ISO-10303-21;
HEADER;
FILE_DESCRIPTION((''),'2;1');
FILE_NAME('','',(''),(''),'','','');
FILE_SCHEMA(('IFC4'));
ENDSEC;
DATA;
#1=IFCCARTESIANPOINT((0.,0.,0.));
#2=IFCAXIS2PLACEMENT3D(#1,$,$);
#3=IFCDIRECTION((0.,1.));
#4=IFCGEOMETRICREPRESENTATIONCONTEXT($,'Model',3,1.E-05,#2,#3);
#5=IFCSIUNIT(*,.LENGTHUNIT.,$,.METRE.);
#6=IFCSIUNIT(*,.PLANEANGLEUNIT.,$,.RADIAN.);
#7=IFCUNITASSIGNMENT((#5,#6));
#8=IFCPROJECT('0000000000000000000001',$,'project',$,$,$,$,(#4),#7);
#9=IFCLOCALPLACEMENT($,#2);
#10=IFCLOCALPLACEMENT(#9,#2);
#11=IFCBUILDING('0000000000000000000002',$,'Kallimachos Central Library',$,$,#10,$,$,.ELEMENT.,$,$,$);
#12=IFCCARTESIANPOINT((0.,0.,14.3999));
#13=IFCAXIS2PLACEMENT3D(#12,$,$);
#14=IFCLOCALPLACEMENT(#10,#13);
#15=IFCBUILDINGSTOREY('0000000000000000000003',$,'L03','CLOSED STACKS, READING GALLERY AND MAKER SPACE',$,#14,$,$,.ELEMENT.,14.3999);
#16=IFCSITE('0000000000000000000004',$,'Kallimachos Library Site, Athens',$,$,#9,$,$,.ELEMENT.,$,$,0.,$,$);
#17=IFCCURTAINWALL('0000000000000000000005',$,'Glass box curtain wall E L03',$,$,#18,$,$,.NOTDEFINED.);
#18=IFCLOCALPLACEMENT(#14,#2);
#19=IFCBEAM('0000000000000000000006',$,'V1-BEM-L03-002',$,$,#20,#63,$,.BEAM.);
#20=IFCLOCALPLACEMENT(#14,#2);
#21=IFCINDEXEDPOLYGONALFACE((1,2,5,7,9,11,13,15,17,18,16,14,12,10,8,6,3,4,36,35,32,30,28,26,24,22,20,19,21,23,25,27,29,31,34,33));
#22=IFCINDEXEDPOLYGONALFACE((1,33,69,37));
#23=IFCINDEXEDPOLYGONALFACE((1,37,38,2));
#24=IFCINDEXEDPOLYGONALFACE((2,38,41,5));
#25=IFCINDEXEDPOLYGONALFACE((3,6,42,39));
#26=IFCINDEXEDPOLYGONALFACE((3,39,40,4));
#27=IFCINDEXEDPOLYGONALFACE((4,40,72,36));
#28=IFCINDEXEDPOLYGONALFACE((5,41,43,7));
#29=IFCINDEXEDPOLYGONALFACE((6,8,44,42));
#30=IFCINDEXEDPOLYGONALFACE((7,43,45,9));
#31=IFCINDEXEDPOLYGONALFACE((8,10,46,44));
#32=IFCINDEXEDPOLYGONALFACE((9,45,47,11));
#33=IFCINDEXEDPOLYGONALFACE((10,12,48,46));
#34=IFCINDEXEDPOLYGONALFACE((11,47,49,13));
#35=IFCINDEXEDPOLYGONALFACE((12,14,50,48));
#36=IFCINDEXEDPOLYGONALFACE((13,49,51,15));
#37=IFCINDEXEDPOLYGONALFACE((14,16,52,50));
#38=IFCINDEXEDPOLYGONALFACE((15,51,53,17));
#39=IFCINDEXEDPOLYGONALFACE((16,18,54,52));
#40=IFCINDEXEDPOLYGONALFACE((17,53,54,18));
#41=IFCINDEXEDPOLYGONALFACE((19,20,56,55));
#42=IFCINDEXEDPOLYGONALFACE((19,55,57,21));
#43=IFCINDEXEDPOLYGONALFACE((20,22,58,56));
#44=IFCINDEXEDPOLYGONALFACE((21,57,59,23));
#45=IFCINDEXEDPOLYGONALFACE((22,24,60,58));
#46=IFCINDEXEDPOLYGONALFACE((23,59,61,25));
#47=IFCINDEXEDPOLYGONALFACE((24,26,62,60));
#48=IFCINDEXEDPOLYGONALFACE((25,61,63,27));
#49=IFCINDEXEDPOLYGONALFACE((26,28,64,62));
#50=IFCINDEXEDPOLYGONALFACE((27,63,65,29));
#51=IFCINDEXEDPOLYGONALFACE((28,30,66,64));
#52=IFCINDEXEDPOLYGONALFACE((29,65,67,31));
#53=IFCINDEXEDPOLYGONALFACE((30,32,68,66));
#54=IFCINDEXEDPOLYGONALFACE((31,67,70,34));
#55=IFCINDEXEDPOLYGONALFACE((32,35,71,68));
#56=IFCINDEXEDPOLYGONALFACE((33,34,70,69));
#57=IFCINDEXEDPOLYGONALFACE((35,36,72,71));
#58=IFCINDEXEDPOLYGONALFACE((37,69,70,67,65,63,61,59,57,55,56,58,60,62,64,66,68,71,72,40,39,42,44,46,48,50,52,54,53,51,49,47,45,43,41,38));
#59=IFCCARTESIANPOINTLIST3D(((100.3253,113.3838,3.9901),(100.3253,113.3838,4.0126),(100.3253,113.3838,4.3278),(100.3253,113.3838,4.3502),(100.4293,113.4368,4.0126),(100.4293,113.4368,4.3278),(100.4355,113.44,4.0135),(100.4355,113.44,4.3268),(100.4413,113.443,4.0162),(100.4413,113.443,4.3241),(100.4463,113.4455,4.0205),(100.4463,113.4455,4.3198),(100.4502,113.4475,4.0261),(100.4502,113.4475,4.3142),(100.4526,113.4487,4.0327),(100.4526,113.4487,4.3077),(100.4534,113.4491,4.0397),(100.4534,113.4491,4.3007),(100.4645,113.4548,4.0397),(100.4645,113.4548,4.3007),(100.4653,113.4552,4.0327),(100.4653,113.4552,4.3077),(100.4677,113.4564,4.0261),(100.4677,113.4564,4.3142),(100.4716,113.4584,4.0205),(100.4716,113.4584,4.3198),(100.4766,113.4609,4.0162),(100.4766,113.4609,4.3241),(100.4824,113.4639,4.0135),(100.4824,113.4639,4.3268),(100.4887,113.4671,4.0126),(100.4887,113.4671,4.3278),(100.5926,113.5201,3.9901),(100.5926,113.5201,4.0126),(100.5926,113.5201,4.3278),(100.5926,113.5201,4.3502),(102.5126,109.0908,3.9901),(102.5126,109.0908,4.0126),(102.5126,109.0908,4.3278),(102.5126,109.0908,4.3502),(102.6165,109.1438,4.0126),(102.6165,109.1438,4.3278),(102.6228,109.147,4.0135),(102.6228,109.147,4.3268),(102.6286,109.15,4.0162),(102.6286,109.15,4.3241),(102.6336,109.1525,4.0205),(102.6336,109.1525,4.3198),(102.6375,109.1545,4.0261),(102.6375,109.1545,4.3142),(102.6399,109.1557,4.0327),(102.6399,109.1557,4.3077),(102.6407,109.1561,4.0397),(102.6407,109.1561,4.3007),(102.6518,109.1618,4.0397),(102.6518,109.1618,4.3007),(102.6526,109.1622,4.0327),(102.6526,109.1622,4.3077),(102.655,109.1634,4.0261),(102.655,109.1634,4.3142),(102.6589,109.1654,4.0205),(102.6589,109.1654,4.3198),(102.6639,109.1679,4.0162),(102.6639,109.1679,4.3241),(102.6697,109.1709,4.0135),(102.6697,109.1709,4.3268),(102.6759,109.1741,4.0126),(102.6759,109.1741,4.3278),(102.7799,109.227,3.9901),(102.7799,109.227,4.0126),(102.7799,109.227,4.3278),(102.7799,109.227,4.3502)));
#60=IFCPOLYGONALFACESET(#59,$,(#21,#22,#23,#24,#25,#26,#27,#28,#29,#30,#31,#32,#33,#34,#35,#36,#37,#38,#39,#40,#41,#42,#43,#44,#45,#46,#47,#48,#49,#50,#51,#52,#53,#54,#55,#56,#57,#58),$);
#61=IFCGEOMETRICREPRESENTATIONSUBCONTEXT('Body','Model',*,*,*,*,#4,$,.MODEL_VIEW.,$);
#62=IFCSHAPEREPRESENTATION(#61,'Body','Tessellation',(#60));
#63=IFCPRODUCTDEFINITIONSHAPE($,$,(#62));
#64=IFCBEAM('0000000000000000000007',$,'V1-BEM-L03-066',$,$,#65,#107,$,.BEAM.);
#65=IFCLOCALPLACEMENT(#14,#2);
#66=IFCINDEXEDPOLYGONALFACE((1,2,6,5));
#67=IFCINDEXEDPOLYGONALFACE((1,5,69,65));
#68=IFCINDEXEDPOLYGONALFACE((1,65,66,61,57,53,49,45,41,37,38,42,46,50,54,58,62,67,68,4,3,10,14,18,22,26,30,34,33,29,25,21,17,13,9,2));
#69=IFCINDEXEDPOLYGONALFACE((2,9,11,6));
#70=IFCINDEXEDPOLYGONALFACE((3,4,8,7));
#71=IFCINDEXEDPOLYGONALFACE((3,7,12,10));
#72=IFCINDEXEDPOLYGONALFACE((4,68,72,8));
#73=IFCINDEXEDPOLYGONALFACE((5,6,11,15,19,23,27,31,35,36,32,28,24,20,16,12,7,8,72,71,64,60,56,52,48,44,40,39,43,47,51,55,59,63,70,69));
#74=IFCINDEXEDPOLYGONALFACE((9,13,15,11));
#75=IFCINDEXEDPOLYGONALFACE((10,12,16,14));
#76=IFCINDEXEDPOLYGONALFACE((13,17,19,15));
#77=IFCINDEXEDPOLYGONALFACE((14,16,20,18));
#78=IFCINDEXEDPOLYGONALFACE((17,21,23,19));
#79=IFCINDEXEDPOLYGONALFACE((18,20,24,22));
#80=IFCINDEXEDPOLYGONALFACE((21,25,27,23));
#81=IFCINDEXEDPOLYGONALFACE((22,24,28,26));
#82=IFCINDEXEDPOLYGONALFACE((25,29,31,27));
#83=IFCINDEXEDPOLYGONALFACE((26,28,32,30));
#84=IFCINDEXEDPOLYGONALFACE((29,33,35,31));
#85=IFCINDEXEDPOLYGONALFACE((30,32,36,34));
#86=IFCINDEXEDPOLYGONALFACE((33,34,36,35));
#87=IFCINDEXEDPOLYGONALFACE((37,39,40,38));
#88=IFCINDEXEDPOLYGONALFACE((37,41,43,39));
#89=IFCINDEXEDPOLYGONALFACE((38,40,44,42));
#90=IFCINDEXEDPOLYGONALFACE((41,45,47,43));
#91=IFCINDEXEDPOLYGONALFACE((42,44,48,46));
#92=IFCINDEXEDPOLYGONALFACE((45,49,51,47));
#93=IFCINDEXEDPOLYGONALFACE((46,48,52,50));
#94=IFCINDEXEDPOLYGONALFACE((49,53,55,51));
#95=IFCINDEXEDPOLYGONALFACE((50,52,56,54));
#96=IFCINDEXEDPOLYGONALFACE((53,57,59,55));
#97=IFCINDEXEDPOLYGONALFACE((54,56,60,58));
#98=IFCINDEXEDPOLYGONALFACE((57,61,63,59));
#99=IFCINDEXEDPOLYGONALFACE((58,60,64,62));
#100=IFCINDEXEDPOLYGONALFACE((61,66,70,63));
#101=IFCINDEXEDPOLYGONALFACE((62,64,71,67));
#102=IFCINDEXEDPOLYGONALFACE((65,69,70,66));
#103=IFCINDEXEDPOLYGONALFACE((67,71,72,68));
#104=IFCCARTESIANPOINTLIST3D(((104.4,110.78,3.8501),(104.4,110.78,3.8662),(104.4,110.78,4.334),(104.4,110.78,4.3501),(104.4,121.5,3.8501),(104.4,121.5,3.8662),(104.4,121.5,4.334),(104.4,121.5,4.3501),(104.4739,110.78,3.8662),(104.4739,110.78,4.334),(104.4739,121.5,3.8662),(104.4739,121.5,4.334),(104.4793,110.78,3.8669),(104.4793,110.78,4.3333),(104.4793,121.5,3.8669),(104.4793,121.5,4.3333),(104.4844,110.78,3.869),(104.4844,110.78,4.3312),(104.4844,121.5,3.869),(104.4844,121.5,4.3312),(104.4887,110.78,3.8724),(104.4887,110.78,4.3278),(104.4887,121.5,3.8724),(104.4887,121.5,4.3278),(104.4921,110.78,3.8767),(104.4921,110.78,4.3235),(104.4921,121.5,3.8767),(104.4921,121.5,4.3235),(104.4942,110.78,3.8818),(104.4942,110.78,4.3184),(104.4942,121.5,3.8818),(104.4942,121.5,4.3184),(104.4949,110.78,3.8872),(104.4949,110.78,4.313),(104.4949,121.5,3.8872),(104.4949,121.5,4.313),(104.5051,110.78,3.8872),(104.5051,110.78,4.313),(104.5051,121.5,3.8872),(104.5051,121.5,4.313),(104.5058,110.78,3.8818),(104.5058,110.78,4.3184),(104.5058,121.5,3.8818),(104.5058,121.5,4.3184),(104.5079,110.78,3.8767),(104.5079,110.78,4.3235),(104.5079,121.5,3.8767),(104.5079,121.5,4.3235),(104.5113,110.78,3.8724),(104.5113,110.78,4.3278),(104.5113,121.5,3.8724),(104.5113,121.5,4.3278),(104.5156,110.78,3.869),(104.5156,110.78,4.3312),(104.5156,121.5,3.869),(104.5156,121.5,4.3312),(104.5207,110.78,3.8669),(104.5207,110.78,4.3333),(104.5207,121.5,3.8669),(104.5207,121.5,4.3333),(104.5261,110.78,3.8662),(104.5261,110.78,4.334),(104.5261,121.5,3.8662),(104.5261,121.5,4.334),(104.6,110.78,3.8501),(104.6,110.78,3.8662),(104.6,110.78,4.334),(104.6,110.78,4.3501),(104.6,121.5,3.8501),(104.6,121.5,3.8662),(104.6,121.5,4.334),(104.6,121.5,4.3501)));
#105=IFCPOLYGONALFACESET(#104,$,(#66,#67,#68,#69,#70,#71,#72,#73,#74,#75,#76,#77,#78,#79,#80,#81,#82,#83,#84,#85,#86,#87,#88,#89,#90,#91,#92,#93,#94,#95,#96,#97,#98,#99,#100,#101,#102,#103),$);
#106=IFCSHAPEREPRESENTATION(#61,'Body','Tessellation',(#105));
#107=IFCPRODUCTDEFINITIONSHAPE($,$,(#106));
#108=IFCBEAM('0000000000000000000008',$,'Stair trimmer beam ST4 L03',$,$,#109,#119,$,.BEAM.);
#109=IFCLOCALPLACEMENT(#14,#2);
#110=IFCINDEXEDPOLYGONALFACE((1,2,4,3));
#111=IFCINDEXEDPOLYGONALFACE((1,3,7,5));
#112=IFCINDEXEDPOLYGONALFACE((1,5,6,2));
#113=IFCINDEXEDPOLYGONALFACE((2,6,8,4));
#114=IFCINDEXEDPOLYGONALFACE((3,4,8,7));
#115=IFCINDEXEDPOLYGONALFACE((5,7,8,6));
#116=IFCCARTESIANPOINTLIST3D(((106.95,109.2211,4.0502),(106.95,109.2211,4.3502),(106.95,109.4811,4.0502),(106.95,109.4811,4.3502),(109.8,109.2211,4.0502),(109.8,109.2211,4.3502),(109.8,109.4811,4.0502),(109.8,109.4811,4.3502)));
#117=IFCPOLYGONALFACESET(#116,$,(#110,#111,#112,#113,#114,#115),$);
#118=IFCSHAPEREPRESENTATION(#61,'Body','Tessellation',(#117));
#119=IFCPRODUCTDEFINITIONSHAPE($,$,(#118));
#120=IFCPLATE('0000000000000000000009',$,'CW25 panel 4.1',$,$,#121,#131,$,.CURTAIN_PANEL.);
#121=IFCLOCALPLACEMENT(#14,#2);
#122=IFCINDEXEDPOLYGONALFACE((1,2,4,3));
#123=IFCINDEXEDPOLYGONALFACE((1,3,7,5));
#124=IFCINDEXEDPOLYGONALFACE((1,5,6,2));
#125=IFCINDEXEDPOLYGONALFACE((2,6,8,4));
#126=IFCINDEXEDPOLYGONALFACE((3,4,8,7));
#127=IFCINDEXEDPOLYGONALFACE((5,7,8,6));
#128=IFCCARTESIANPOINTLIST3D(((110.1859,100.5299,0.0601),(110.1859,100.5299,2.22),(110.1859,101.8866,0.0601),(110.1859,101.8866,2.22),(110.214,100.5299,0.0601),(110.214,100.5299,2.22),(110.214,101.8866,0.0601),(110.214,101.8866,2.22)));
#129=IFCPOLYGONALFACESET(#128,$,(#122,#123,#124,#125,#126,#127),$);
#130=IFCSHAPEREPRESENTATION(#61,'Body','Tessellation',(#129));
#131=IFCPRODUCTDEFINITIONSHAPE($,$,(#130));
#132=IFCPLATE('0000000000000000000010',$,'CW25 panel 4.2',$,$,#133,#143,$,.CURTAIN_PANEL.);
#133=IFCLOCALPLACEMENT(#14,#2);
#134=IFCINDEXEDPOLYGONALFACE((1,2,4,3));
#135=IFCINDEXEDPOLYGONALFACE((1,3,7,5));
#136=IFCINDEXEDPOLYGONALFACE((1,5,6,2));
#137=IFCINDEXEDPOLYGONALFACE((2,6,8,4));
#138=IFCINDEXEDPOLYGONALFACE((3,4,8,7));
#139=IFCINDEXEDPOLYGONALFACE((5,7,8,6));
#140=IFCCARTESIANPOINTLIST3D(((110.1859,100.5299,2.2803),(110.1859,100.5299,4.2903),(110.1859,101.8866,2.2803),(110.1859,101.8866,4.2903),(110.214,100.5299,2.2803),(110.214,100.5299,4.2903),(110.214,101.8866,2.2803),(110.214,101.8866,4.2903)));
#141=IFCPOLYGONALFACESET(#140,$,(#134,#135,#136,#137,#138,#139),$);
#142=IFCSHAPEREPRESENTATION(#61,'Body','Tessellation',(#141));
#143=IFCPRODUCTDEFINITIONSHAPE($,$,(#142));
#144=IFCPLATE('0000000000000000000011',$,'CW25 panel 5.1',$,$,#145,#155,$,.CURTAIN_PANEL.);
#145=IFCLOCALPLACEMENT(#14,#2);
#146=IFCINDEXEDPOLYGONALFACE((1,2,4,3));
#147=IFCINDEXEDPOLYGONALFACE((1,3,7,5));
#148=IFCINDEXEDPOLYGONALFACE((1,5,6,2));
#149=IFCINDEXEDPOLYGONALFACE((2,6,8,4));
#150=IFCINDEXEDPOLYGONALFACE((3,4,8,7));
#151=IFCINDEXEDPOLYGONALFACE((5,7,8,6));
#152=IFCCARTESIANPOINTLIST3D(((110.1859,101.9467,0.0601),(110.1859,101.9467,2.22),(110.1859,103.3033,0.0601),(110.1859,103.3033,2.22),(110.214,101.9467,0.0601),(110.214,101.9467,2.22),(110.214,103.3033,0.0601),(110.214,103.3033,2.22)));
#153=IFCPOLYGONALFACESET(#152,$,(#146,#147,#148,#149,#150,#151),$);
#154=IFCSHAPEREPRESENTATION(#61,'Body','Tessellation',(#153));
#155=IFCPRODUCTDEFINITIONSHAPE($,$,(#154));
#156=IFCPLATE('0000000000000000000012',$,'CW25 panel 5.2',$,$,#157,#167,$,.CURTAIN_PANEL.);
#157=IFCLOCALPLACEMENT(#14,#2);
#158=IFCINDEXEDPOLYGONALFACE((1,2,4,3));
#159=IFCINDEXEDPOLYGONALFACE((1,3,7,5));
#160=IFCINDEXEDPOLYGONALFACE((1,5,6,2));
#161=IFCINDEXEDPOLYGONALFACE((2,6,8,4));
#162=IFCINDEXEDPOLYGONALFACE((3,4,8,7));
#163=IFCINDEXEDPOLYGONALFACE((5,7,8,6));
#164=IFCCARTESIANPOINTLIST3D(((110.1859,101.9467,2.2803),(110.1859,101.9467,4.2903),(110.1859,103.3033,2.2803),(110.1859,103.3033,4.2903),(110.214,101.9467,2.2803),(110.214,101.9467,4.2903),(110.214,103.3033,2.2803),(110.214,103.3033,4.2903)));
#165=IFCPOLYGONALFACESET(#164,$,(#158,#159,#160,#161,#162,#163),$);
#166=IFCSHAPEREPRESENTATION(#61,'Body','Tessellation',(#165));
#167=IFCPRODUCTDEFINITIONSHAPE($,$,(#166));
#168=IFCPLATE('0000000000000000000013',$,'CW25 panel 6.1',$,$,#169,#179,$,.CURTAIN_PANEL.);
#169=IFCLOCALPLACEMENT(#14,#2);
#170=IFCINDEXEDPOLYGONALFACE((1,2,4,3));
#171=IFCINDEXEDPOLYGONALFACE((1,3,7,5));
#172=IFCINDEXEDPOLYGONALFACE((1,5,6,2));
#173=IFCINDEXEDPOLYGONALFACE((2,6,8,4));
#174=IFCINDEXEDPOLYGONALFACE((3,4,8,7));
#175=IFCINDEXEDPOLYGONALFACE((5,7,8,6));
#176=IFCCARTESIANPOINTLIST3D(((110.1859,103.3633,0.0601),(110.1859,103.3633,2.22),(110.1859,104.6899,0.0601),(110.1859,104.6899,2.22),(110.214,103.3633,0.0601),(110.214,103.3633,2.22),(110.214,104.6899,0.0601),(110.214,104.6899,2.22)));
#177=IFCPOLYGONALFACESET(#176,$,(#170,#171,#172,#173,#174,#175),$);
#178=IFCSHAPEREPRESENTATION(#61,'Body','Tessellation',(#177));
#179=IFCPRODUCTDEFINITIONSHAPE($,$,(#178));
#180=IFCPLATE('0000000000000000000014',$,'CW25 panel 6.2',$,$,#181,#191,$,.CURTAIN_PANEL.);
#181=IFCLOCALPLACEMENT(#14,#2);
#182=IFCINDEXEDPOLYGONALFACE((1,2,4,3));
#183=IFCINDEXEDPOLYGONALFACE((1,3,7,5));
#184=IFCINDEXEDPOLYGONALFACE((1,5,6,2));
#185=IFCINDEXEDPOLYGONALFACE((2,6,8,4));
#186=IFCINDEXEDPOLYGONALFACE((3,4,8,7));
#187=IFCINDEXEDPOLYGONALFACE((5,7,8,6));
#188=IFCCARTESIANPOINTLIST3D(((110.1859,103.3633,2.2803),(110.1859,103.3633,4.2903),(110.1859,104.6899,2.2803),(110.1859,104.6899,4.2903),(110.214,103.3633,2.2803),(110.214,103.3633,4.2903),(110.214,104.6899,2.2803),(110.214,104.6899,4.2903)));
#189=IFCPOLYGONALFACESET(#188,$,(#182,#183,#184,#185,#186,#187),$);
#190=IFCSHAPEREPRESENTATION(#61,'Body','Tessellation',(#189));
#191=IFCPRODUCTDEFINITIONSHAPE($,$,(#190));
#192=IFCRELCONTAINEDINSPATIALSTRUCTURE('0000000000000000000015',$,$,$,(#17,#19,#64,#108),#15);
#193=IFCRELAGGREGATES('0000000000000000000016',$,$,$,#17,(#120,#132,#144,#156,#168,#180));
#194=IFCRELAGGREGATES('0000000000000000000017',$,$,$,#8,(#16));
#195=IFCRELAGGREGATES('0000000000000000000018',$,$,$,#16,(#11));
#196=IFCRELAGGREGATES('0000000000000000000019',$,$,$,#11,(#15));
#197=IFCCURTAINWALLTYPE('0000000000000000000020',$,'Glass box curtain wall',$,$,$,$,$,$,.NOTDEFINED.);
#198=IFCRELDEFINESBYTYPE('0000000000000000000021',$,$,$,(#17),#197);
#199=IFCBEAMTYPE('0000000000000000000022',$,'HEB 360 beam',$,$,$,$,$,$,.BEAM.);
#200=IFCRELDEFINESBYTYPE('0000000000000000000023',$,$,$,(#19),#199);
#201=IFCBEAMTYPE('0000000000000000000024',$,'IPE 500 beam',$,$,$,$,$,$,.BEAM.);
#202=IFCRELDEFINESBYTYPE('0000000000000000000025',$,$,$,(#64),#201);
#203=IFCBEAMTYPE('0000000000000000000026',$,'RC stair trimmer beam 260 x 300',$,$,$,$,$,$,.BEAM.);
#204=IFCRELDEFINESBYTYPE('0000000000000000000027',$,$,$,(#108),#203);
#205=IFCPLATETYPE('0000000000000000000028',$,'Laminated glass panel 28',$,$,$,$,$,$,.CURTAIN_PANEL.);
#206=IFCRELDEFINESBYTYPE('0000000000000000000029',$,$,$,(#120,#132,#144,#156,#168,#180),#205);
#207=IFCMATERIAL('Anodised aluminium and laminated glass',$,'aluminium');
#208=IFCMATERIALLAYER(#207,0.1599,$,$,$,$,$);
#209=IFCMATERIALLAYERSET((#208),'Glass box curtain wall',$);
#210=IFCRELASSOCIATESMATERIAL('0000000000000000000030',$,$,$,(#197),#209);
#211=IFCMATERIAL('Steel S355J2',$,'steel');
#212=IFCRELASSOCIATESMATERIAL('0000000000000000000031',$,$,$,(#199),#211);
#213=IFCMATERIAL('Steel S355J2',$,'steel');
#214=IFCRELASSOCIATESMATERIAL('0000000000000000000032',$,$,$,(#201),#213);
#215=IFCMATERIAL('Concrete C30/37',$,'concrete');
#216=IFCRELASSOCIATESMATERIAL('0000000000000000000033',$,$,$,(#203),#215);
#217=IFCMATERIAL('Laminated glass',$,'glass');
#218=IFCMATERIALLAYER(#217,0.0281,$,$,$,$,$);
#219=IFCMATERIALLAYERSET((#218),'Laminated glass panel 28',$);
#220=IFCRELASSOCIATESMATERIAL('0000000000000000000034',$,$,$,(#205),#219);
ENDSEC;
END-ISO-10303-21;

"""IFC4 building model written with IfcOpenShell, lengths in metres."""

from ifc_helpers import new_model, si_unit, direction, frame, origin, origin_2d, place, context, subcontext, project, spatial, rectangle, i_section, extrude, material, layer, layer_set, material_profile, profile_set, type_object, element, aggregate, save


model = new_model("IFC4")

# Units and contexts
model_context = context("Model", 3, precision=1e-05, world=origin(), true_north=direction((0.0, 1.0)))
body_context = subcontext(model_context, "Body", "Model", "MODEL_VIEW")
ifc_project = project(units=[si_unit("LENGTHUNIT", "METRE"), si_unit("PLANEANGLEUNIT", "RADIAN")], contexts=[model_context])

# Site, building, storey
site_placement = place(None, origin())
site = spatial("IfcSite", under=ifc_project, at=site_placement, Name="Kallimachos Library Site, Athens", CompositionType="ELEMENT", RefElevation=0.0)
building_placement = place(site_placement, origin())
building = spatial("IfcBuilding", under=site, at=building_placement, Name="Kallimachos Central Library", CompositionType="ELEMENT")
storey_placement = place(building_placement, frame((0.0, 0.0, 14.3999)))
storey = spatial("IfcBuildingStorey", under=building, at=storey_placement, Name="L03", Description="CLOSED STACKS, READING GALLERY AND MAKER SPACE", CompositionType="ELEMENT", Elevation=14.3999)

# Curtain wall
ifc_material_1 = material(Name="Anodised aluminium and laminated glass", Category="aluminium")
ifc_layer_1 = layer(ifc_material_1, 0.1599)
ifc_layer_set_1 = layer_set([ifc_layer_1], Name="Glass box curtain wall")
curtain_wall_type = type_object("IfcCurtainWallType", Name="Glass box curtain wall", PredefinedType="NOTDEFINED", material=ifc_layer_set_1)
curtain_wall_placement = place(storey_placement, origin())
curtain_wall = element("IfcCurtainWall", 1, at=curtain_wall_placement, inside=storey, type_object=curtain_wall_type, Name="Glass box curtain wall E L03", PredefinedType="NOTDEFINED")

# Beams
ifc_material_2 = material(Name="Steel S355J2", Category="steel")
ifc_material_profile_1 = material_profile(ifc_material_2, i_section(OverallWidth=0.3, OverallDepth=0.3601, WebThickness=0.0125, FlangeThickness=0.0225, FilletRadius=0.0271, at=origin_2d()), Name="HEB 360")
ifc_profile_set_1 = profile_set([ifc_material_profile_1], Name="Steel S355J2")
beam_type_1 = type_object("IfcBeamType", Name="HEB 360 beam", PredefinedType="BEAM", material=ifc_profile_set_1)
beam_1_placement = place(storey_placement, frame((102.6462, 109.1589, 4.1702), z_axis=(-0.453971, 0.891017, 0.0), x_axis=(-0.891017, -0.453971, 0.0)))
element("IfcBeam", 2, at=beam_1_placement, inside=storey, type_object=beam_type_1, Name="V1-BEM-L03-002", PredefinedType="BEAM", context=body_context, shape_type="SweptSolid", body=[
    extrude(i_section(OverallWidth=0.3, OverallDepth=0.3601, WebThickness=0.0125, FlangeThickness=0.0225, FilletRadius=0.0271, at=origin_2d()), origin(), (0.0, 0.0, 1.0), 4.8181),
])
ifc_material_3 = material(Name="Steel S355J2", Category="steel")
ifc_material_profile_2 = material_profile(ifc_material_3, i_section(OverallWidth=0.2, OverallDepth=0.5, WebThickness=0.0103, FlangeThickness=0.0161, FilletRadius=0.021, at=origin_2d()), Name="IPE 500")
ifc_profile_set_2 = profile_set([ifc_material_profile_2], Name="Steel S355J2")
beam_type_2 = type_object("IfcBeamType", Name="IPE 500 beam", PredefinedType="BEAM", material=ifc_profile_set_2)
beam_2_placement = place(storey_placement, frame((104.5, 110.78, 4.1001), z_axis=(0.0, 1.0, 0.0), x_axis=(-1.0, 0.0, 0.0)))
element("IfcBeam", 3, at=beam_2_placement, inside=storey, type_object=beam_type_2, Name="V1-BEM-L03-066", PredefinedType="BEAM", context=body_context, shape_type="SweptSolid", body=[
    extrude(i_section(OverallWidth=0.2, OverallDepth=0.5, WebThickness=0.0103, FlangeThickness=0.0161, FilletRadius=0.021, at=origin_2d()), origin(), (0.0, 0.0, 1.0), 10.72),
])
ifc_material_4 = material(Name="Concrete C30/37", Category="concrete")
ifc_material_profile_3 = material_profile(ifc_material_4, rectangle(XDim=0.26, YDim=0.3, at=origin_2d()), Name="RC stair trimmer beam 260 x 300")
ifc_profile_set_3 = profile_set([ifc_material_profile_3], Name="Concrete C30/37")
beam_type_3 = type_object("IfcBeamType", Name="RC stair trimmer beam 260 x 300", PredefinedType="BEAM", material=ifc_profile_set_3)
beam_3_placement = place(storey_placement, frame((106.95, 109.3511, 4.2002), z_axis=(1.0, 0.0, 0.0), x_axis=(0.0, 1.0, 0.0)))
element("IfcBeam", 4, at=beam_3_placement, inside=storey, type_object=beam_type_3, Name="Stair trimmer beam ST4 L03", PredefinedType="BEAM", context=body_context, shape_type="SweptSolid", body=[
    extrude(rectangle(XDim=0.26, YDim=0.3, at=origin_2d()), origin(), (0.0, 0.0, 1.0), 2.8501),
])

# Plates
ifc_material_5 = material(Name="Laminated glass", Category="glass")
ifc_layer_2 = layer(ifc_material_5, 0.0281)
ifc_layer_set_2 = layer_set([ifc_layer_2], Name="Laminated glass panel 28")
plate_type = type_object("IfcPlateType", Name="Laminated glass panel 28", PredefinedType="CURTAIN_PANEL", material=ifc_layer_set_2)
plate_1_placement = place(storey_placement, frame((110.2, 101.2083, 0.0601), z_axis=(0.0, 0.0, 1.0), x_axis=(0.0, 1.0, 0.0)))
plate_1 = element("IfcPlate", 5, at=plate_1_placement, type_object=plate_type, Name="CW25 panel 4.1", PredefinedType="CURTAIN_PANEL", context=body_context, shape_type="SweptSolid", body=[
    extrude(rectangle(XDim=1.3567, YDim=0.0281, at=origin_2d()), origin(), (0.0, 0.0, 1.0), 2.1599),
])
plate_2_placement = place(storey_placement, frame((110.2, 101.2083, 2.2803), z_axis=(0.0, 0.0, 1.0), x_axis=(0.0, 1.0, 0.0)))
plate_2 = element("IfcPlate", 6, at=plate_2_placement, type_object=plate_type, Name="CW25 panel 4.2", PredefinedType="CURTAIN_PANEL", context=body_context, shape_type="SweptSolid", body=[
    extrude(rectangle(XDim=1.3567, YDim=0.0281, at=origin_2d()), origin(), (0.0, 0.0, 1.0), 2.01),
])
plate_3_placement = place(storey_placement, frame((110.2, 102.625, 0.0601), z_axis=(0.0, 0.0, 1.0), x_axis=(0.0, 1.0, 0.0)))
plate_3 = element("IfcPlate", 7, at=plate_3_placement, type_object=plate_type, Name="CW25 panel 5.1", PredefinedType="CURTAIN_PANEL", context=body_context, shape_type="SweptSolid", body=[
    extrude(rectangle(XDim=1.3567, YDim=0.0281, at=origin_2d()), origin(), (0.0, 0.0, 1.0), 2.1599),
])
plate_4_placement = place(storey_placement, frame((110.2, 102.625, 2.2803), z_axis=(0.0, 0.0, 1.0), x_axis=(0.0, 1.0, 0.0)))
plate_4 = element("IfcPlate", 8, at=plate_4_placement, type_object=plate_type, Name="CW25 panel 5.2", PredefinedType="CURTAIN_PANEL", context=body_context, shape_type="SweptSolid", body=[
    extrude(rectangle(XDim=1.3567, YDim=0.0281, at=origin_2d()), origin(), (0.0, 0.0, 1.0), 2.01),
])
plate_5_placement = place(storey_placement, frame((110.2, 104.0266, 0.0601), z_axis=(0.0, 0.0, 1.0), x_axis=(0.0, 1.0, 0.0)))
plate_5 = element("IfcPlate", 9, at=plate_5_placement, type_object=plate_type, Name="CW25 panel 6.1", PredefinedType="CURTAIN_PANEL", context=body_context, shape_type="SweptSolid", body=[
    extrude(rectangle(XDim=1.3267, YDim=0.0281, at=origin_2d()), origin(), (0.0, 0.0, 1.0), 2.1599),
])
plate_6_placement = place(storey_placement, frame((110.2, 104.0266, 2.2803), z_axis=(0.0, 0.0, 1.0), x_axis=(0.0, 1.0, 0.0)))
plate_6 = element("IfcPlate", 10, at=plate_6_placement, type_object=plate_type, Name="CW25 panel 6.2", PredefinedType="CURTAIN_PANEL", context=body_context, shape_type="SweptSolid", body=[
    extrude(rectangle(XDim=1.3267, YDim=0.0281, at=origin_2d()), origin(), (0.0, 0.0, 1.0), 2.01),
])
aggregate(curtain_wall, [plate_1, plate_2, plate_3, plate_4, plate_5, plate_6])

save(model, "model.ifc")
